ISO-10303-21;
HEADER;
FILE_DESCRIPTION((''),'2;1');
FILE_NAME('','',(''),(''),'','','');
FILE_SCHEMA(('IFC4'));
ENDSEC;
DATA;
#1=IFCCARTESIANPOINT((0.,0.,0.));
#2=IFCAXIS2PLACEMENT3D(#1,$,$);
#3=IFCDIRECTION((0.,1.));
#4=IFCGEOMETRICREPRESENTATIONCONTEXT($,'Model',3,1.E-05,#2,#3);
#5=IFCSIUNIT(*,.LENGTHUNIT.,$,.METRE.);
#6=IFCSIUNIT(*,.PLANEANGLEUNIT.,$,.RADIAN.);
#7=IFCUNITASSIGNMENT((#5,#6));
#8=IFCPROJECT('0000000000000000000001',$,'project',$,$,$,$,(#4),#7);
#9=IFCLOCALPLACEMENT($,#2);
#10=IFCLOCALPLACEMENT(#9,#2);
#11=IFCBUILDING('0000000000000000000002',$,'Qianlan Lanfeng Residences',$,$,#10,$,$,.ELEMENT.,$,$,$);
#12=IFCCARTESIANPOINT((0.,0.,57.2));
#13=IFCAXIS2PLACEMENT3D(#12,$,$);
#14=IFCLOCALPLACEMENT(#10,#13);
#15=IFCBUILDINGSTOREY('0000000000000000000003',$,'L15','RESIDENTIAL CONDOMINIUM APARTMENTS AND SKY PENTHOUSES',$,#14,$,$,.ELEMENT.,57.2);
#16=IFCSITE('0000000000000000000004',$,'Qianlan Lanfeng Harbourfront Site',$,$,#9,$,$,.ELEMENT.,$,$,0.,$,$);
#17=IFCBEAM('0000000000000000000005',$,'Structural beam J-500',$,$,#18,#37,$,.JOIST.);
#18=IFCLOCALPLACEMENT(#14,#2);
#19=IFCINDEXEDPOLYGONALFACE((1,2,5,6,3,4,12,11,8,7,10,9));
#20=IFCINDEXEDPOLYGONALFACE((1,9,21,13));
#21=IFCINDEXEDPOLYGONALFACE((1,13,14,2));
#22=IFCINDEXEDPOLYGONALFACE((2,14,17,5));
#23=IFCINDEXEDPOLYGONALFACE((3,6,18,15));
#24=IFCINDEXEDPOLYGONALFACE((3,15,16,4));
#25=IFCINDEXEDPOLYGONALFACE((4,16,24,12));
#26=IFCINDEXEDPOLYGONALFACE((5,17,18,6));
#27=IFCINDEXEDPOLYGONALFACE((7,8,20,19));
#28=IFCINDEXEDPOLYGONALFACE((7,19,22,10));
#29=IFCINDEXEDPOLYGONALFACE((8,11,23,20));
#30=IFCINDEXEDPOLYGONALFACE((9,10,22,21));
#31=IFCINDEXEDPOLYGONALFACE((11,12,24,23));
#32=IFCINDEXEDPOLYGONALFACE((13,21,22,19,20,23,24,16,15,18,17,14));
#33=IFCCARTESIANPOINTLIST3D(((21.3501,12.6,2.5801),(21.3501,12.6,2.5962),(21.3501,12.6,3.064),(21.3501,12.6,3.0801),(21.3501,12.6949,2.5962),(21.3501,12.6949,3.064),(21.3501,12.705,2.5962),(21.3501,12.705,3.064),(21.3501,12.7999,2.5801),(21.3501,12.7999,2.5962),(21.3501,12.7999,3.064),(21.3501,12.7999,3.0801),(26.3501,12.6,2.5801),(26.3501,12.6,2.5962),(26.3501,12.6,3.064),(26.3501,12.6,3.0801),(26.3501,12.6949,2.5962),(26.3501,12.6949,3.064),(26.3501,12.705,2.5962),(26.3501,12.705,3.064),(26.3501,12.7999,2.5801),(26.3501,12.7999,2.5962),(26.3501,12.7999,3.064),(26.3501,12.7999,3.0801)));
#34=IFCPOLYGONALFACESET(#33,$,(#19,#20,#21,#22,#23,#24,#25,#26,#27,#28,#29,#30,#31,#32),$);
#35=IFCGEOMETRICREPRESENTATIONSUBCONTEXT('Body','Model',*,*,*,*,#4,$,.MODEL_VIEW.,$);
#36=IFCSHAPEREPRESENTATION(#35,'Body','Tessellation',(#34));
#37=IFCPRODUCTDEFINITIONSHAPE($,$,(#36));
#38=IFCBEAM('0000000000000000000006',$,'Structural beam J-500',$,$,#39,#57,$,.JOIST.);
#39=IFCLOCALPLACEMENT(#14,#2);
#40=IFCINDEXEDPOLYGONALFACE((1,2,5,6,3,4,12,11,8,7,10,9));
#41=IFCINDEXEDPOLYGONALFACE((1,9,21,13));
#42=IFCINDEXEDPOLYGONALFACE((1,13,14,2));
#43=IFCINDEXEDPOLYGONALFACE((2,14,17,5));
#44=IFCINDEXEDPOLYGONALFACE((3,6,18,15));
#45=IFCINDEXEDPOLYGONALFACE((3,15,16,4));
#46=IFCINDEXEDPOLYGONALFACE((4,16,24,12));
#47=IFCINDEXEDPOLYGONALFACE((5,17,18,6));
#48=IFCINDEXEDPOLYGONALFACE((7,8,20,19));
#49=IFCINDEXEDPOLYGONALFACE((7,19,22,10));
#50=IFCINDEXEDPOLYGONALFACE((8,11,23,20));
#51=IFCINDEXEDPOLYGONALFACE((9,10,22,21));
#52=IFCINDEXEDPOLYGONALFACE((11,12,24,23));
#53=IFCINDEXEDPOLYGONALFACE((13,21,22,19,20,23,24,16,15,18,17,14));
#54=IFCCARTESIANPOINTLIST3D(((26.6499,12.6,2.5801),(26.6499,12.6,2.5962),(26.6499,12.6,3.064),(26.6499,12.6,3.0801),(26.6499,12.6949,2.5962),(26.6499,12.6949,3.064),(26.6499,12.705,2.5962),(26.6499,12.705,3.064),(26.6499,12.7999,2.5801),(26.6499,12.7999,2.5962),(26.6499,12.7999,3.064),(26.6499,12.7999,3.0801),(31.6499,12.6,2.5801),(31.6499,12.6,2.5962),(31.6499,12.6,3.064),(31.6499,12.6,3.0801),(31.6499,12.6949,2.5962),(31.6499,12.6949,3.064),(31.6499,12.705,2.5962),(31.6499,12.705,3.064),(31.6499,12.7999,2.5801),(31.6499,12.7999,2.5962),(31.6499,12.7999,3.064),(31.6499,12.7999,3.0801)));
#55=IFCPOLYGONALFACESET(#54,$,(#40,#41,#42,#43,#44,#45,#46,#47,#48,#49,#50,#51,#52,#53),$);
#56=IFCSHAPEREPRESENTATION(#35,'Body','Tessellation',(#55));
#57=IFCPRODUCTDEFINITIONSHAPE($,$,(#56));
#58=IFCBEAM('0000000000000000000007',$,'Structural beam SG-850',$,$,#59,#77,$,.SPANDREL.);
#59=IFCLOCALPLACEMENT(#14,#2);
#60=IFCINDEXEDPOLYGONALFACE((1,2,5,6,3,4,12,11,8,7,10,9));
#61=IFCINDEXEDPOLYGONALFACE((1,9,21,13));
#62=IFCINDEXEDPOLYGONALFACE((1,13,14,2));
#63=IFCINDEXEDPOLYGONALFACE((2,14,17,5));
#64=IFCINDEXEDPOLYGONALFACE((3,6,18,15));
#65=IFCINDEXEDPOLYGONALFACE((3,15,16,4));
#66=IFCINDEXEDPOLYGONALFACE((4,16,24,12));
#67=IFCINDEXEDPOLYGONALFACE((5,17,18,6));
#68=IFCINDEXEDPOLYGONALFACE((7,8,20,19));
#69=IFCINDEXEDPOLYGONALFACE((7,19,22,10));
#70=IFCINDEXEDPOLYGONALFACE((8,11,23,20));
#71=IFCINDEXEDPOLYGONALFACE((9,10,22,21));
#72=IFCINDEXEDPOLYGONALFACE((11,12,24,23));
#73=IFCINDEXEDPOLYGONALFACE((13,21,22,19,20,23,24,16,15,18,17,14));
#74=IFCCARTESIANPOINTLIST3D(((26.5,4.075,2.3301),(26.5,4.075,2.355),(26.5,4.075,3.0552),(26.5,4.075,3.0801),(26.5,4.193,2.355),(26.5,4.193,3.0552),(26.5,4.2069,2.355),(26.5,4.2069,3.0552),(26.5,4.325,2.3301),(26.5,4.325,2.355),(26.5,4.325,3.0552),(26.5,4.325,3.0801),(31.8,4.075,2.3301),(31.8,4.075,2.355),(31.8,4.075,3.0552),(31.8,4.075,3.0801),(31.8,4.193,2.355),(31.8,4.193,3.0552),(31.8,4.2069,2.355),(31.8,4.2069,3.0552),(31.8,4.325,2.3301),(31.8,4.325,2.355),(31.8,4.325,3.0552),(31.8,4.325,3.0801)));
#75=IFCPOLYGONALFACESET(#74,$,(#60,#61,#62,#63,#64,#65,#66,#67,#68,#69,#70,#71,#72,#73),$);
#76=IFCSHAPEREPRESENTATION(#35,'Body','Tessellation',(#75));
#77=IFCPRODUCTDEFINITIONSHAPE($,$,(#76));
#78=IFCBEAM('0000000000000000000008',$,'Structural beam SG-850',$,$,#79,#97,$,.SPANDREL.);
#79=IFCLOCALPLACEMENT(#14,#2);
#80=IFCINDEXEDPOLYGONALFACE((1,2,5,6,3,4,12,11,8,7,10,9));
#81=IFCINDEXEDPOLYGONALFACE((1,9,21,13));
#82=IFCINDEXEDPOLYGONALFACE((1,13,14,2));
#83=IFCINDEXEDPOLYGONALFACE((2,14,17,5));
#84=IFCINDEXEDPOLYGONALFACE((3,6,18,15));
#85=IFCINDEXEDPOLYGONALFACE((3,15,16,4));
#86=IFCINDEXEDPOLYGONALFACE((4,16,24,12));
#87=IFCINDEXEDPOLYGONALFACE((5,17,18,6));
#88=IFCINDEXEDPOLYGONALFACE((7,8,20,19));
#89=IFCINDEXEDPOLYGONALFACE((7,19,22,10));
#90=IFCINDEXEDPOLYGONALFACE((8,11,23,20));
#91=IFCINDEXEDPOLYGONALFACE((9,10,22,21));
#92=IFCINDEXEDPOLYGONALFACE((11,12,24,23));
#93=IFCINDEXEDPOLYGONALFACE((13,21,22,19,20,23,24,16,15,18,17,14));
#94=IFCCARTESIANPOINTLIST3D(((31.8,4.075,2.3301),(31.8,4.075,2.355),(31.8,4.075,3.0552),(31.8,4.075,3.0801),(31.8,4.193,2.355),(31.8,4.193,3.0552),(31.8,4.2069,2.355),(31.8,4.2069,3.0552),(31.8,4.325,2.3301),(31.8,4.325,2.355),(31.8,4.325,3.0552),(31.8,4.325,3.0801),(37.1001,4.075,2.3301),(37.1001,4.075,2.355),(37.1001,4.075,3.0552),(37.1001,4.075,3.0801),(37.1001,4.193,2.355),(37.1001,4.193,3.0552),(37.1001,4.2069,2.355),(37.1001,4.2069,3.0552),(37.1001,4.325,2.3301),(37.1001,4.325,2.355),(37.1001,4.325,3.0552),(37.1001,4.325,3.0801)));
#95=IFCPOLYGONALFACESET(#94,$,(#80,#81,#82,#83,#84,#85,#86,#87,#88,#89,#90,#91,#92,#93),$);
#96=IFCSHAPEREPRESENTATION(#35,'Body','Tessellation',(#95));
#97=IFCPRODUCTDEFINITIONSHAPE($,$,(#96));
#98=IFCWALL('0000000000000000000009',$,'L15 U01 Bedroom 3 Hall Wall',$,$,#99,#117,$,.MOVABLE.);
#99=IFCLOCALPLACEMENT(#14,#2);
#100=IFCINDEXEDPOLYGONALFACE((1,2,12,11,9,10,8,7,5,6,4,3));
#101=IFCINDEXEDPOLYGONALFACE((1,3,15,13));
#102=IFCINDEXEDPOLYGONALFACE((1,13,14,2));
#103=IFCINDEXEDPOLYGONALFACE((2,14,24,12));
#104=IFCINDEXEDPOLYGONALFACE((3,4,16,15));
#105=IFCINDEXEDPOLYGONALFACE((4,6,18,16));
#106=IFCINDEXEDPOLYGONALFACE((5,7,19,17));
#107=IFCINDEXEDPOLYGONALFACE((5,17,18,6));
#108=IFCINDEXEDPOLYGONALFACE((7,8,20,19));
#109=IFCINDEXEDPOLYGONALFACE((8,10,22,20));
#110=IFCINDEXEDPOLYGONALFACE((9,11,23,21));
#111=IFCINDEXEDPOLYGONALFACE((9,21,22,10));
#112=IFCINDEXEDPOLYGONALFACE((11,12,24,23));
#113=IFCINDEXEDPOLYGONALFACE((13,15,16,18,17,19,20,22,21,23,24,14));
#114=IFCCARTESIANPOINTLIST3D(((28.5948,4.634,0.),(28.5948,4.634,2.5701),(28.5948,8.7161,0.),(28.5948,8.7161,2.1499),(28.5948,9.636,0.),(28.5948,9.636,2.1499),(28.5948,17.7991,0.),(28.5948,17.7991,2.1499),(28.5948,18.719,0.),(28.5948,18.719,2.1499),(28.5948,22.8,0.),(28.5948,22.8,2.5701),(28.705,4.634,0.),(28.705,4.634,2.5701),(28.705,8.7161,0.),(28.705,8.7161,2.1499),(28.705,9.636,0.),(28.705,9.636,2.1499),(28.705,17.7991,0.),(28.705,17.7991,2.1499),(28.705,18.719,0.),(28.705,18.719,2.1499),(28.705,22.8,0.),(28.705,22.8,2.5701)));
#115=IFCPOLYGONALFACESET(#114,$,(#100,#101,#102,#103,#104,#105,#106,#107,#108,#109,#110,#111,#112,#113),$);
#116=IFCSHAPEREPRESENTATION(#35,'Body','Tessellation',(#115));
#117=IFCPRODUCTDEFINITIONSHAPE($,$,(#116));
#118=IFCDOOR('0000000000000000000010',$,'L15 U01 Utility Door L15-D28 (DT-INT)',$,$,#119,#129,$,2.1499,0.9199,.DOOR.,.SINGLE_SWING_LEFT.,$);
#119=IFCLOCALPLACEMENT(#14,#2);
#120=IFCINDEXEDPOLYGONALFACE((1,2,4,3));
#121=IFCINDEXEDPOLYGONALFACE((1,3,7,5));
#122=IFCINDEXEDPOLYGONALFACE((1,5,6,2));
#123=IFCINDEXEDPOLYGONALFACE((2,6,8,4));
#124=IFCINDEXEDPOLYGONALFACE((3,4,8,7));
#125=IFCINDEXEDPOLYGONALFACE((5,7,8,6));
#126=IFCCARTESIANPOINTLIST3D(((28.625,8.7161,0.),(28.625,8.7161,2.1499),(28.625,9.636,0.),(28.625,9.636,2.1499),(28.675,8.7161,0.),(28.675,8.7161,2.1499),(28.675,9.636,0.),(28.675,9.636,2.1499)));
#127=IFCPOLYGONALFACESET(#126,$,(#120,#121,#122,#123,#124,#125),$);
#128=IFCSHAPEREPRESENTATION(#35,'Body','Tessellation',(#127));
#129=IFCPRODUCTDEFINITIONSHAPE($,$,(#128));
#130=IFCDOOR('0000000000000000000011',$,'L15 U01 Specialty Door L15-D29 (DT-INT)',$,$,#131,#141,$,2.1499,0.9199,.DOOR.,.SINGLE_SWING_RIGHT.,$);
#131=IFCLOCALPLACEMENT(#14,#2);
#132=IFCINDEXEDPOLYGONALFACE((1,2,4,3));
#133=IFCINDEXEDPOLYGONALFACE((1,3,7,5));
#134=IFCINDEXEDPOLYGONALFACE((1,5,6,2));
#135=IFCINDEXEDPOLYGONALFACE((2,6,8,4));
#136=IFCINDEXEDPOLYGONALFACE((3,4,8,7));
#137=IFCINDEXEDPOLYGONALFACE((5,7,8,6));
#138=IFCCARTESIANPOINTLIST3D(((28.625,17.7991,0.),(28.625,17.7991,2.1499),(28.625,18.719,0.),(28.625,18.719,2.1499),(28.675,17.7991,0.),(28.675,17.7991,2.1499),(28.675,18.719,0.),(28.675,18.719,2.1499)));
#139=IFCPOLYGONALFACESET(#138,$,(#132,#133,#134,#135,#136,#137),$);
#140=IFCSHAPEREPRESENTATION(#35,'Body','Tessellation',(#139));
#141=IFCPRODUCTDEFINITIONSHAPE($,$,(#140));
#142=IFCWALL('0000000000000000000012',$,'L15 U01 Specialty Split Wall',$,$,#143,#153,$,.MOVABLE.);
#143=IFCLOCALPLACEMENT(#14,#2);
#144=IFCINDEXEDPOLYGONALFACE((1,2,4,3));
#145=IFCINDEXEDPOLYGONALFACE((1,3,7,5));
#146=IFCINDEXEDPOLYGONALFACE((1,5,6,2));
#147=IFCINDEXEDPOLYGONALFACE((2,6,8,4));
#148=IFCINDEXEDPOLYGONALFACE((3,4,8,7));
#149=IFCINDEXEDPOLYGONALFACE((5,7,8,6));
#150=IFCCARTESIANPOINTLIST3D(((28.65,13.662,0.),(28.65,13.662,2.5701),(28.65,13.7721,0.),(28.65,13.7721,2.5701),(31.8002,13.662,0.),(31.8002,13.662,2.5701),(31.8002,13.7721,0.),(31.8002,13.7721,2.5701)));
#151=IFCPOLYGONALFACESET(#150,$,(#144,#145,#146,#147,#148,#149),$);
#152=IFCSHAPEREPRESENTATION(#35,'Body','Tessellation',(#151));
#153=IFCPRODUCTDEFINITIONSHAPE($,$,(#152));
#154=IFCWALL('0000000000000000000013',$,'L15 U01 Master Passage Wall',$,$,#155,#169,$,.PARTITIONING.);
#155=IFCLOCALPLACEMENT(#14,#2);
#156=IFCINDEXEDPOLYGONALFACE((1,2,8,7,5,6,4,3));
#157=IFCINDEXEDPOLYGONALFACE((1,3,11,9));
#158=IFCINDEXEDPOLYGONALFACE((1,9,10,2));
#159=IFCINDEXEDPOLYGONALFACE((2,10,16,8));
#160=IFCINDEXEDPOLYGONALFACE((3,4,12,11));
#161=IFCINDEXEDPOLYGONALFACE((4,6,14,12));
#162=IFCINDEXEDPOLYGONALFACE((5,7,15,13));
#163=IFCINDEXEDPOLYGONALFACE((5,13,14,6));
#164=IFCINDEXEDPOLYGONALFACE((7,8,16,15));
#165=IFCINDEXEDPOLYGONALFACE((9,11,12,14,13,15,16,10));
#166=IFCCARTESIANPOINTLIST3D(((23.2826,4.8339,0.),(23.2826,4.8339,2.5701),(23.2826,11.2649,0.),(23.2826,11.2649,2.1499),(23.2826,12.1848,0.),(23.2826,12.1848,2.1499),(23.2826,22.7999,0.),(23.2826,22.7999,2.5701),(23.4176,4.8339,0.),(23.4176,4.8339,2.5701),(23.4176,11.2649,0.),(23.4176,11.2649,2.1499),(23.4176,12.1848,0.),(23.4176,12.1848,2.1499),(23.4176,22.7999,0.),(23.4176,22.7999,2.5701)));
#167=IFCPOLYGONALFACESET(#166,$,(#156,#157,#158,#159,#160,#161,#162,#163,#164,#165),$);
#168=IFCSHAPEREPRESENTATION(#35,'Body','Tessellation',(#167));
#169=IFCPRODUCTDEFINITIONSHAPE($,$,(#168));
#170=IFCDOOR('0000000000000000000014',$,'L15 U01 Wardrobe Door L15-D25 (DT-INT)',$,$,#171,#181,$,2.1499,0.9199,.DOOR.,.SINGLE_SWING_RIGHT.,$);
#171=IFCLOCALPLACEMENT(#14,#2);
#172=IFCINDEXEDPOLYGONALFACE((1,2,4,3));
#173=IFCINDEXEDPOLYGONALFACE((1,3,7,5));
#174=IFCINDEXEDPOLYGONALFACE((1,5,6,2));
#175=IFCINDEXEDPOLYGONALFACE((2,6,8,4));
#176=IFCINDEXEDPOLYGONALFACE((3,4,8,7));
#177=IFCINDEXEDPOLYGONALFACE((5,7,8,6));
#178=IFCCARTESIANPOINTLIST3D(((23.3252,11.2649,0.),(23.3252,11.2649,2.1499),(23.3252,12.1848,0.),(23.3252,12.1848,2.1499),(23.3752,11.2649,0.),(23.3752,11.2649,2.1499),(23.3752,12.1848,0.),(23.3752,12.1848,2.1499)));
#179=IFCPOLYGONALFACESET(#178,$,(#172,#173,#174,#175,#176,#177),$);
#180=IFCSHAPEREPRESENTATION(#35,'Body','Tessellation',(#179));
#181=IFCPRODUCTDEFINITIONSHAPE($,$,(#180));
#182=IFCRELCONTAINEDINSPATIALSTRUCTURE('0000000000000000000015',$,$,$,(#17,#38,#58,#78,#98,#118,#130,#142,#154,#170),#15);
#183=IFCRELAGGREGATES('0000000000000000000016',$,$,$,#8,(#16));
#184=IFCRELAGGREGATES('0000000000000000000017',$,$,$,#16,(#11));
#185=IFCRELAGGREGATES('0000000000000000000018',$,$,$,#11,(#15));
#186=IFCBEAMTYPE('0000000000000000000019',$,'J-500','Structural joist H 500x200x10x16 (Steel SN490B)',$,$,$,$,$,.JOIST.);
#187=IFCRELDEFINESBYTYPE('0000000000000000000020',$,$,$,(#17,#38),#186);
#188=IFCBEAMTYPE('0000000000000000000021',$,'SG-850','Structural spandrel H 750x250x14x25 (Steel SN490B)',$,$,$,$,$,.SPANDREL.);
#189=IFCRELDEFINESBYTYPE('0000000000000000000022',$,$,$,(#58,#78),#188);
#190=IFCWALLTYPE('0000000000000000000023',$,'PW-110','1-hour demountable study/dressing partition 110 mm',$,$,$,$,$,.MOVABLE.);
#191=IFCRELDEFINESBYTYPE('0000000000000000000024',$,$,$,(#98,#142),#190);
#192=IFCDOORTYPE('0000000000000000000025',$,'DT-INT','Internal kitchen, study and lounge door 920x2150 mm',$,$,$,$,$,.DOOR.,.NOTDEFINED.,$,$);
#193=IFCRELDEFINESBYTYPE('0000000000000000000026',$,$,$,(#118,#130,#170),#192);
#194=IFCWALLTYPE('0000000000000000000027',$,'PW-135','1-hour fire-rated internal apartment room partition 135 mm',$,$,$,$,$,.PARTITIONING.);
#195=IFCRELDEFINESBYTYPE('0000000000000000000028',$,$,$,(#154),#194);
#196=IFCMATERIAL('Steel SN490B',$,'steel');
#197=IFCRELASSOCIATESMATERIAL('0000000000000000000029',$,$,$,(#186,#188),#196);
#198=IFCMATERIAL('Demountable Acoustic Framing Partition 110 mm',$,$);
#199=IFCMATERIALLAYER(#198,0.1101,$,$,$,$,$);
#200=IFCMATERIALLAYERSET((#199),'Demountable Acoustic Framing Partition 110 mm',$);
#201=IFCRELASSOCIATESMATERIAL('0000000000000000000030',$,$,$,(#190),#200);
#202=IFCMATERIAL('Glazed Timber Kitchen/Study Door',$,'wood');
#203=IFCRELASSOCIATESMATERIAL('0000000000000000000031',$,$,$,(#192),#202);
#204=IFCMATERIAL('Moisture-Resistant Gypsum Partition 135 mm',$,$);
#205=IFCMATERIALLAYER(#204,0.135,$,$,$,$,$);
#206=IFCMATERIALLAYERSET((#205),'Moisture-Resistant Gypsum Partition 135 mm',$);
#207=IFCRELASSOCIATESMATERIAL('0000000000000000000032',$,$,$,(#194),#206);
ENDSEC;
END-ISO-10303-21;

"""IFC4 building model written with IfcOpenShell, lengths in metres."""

from ifc_helpers import new_model, si_unit, direction, frame, frame_2d, origin, origin_2d, place, context, subcontext, project, spatial, rectangle, i_section, extrude, material, layer, layer_set, material_profile, profile_set, type_object, element, fill, save


model = new_model("IFC4")

# Units and contexts
model_context = context("Model", 3, precision=1e-05, world=origin(), true_north=direction((0.0, 1.0)))
body_context = subcontext(model_context, "Body", "Model", "MODEL_VIEW")
ifc_project = project(units=[si_unit("LENGTHUNIT", "METRE"), si_unit("PLANEANGLEUNIT", "RADIAN")], contexts=[model_context])

# Site, building, storey
site_placement = place(None, origin())
site = spatial("IfcSite", under=ifc_project, at=site_placement, Name="Qianlan Lanfeng Harbourfront Site", CompositionType="ELEMENT", RefElevation=0.0)
building_placement = place(site_placement, origin())
building = spatial("IfcBuilding", under=site, at=building_placement, Name="Qianlan Lanfeng Residences", CompositionType="ELEMENT")
storey_placement = place(building_placement, frame((0.0, 0.0, 57.2)))
storey = spatial("IfcBuildingStorey", under=building, at=storey_placement, Name="L15", Description="RESIDENTIAL CONDOMINIUM APARTMENTS AND SKY PENTHOUSES", CompositionType="ELEMENT", Elevation=57.2)

# Shared definitions
ifc_material_1 = material(Name="Steel SN490B", Category="steel")

# Beams
ifc_material_profile_1 = material_profile(ifc_material_1, i_section(OverallWidth=0.2, OverallDepth=0.5, WebThickness=0.01, FlangeThickness=0.0161, at=origin_2d()), Name="H 500x200x10x16")
ifc_profile_set_1 = profile_set([ifc_material_profile_1], Name="Steel SN490B")
beam_type_1 = type_object("IfcBeamType", Name="J-500", Description="Structural joist H 500x200x10x16 (Steel SN490B)", PredefinedType="JOIST", material=ifc_profile_set_1)
for number, where, z_axis, x_axis, name in (
    (1, (21.3501, 12.7, 2.8301), (1.0, 0.0, 0.0), (0.0, 1.0, 0.0), "Structural beam J-500"),
    (2, (26.6499, 12.7, 2.8301), (1.0, 0.0, 0.0), (0.0, 1.0, 0.0), "Structural beam J-500"),
):
    element("IfcBeam", number, at=place(storey_placement, frame(where, z_axis=z_axis, x_axis=x_axis)), inside=storey, type_object=beam_type_1, Name=name, PredefinedType="JOIST", context=body_context, shape_type="SweptSolid", body=[
        extrude(i_section(OverallWidth=0.2, OverallDepth=0.5, WebThickness=0.01, FlangeThickness=0.0161, at=origin_2d()), origin(), (0.0, 0.0, 1.0), 5.0),
    ])
ifc_material_profile_2 = material_profile(ifc_material_1, i_section(OverallWidth=0.25, OverallDepth=0.75, WebThickness=0.0139, FlangeThickness=0.0249, at=origin_2d()), Name="H 750x250x14x25")
ifc_profile_set_2 = profile_set([ifc_material_profile_2], Name="Steel SN490B")
beam_type_2 = type_object("IfcBeamType", Name="SG-850", Description="Structural spandrel H 750x250x14x25 (Steel SN490B)", PredefinedType="SPANDREL", material=ifc_profile_set_2)
for number, where, z_axis, x_axis, name in (
    (3, (26.5, 4.2, 2.7051), (1.0, 0.0, 0.0), (0.0, 1.0, 0.0), "Structural beam SG-850"),
    (4, (31.8, 4.2, 2.7051), (1.0, 0.0, 0.0), (0.0, 1.0, 0.0), "Structural beam SG-850"),
):
    element("IfcBeam", number, at=place(storey_placement, frame(where, z_axis=z_axis, x_axis=x_axis)), inside=storey, type_object=beam_type_2, Name=name, PredefinedType="SPANDREL", context=body_context, shape_type="SweptSolid", body=[
        extrude(i_section(OverallWidth=0.25, OverallDepth=0.75, WebThickness=0.0139, FlangeThickness=0.0249, at=origin_2d()), origin(), (0.0, 0.0, 1.0), 5.3),
    ])

# Wall, openings, doors
ifc_material_2 = material(Name="Demountable Acoustic Framing Partition 110 mm")
ifc_layer_1 = layer(ifc_material_2, 0.1101)
ifc_layer_set_1 = layer_set([ifc_layer_1], Name="Demountable Acoustic Framing Partition 110 mm")
wall_type_1 = type_object("IfcWallType", Name="PW-110", Description="1-hour demountable study/dressing partition 110 mm", PredefinedType="MOVABLE", material=ifc_layer_set_1)
wall_1_placement = place(storey_placement, frame((28.6499, 4.634, 0.0), z_axis=(0.0, 0.0, 1.0), x_axis=(0.0, 1.0, 0.0)))
wall_1 = element("IfcWall", 5, at=wall_1_placement, inside=storey, type_object=wall_type_1, Name="L15 U01 Bedroom 3 Hall Wall", PredefinedType="MOVABLE", context=body_context, shape_type="SweptSolid", body=[
    extrude(rectangle(XDim=18.166, YDim=0.1101, at=frame_2d((9.083, 0.0))), origin(), (0.0, 0.0, 1.0), 2.5701),
])
opening_1_placement = place(wall_1_placement, frame((4.082, 0.0, 0.0)))
opening_1 = element("IfcOpeningElement", 6, at=opening_1_placement, cuts=wall_1, PredefinedType="OPENING", context=body_context, shape_type="SweptSolid", body=[
    extrude(rectangle(XDim=0.9199, YDim=2.1499, at=frame_2d((0.46, 1.075))), frame((0.0, 0.0649, 0.0), z_axis=(0.0, -1.0, 0.0), x_axis=(1.0, 0.0, 0.0)), (0.0, 0.0, 1.0), 0.1301),
])
opening_2_placement = place(wall_1_placement, frame((13.165, 0.0, 0.0)))
opening_2 = element("IfcOpeningElement", 7, at=opening_2_placement, cuts=wall_1, PredefinedType="OPENING", context=body_context, shape_type="SweptSolid", body=[
    extrude(rectangle(XDim=0.9199, YDim=2.1499, at=frame_2d((0.46, 1.075))), frame((0.0, 0.0649, 0.0), z_axis=(0.0, -1.0, 0.0), x_axis=(1.0, 0.0, 0.0)), (0.0, 0.0, 1.0), 0.1301),
])
ifc_material_3 = material(Name="Glazed Timber Kitchen/Study Door", Category="wood")
door_type_1 = type_object("IfcDoorType", Name="DT-INT", Description="Internal kitchen, study and lounge door 920x2150 mm", OperationType="NOTDEFINED", PredefinedType="DOOR", material=ifc_material_3)
door_1_placement = place(opening_1_placement, origin())
door_1 = element("IfcDoor", 8, at=door_1_placement, inside=storey, type_object=door_type_1, Name="L15 U01 Utility Door L15-D28 (DT-INT)", OperationType="SINGLE_SWING_LEFT", OverallHeight=2.1499, OverallWidth=0.9199, PredefinedType="DOOR", context=body_context, shape_type="SweptSolid", body=[
    extrude(rectangle(XDim=0.9199, YDim=2.1499, at=frame_2d((0.46, 1.075))), frame((0.0, 0.0249, 0.0), z_axis=(0.0, -1.0, 0.0), x_axis=(1.0, 0.0, 0.0)), (0.0, 0.0, 1.0), 0.05),
])
fill(opening_1, door_1)
door_2_placement = place(opening_2_placement, origin())
door_2 = element("IfcDoor", 9, at=door_2_placement, inside=storey, type_object=door_type_1, Name="L15 U01 Specialty Door L15-D29 (DT-INT)", OperationType="SINGLE_SWING_RIGHT", OverallHeight=2.1499, OverallWidth=0.9199, PredefinedType="DOOR", context=body_context, shape_type="SweptSolid", body=[
    extrude(rectangle(XDim=0.9199, YDim=2.1499, at=frame_2d((0.46, 1.075))), frame((0.0, 0.0249, 0.0), z_axis=(0.0, -1.0, 0.0), x_axis=(1.0, 0.0, 0.0)), (0.0, 0.0, 1.0), 0.05),
])
fill(opening_2, door_2)

# Wall
wall_2_placement = place(storey_placement, frame((28.6499, 13.717, 0.0), z_axis=(0.0, 0.0, 1.0), x_axis=(1.0, 0.0, 0.0)))
element("IfcWall", 10, at=wall_2_placement, inside=storey, type_object=wall_type_1, Name="L15 U01 Specialty Split Wall", PredefinedType="MOVABLE", context=body_context, shape_type="SweptSolid", body=[
    extrude(rectangle(XDim=3.1501, YDim=0.1101, at=frame_2d((1.5752, 0.0))), origin(), (0.0, 0.0, 1.0), 2.5701),
])

# Shared definitions
ifc_material_4 = material(Name="Moisture-Resistant Gypsum Partition 135 mm")
ifc_layer_2 = layer(ifc_material_4, 0.135)
ifc_layer_set_2 = layer_set([ifc_layer_2], Name="Moisture-Resistant Gypsum Partition 135 mm")
wall_type_2 = type_object("IfcWallType", Name="PW-135", Description="1-hour fire-rated internal apartment room partition 135 mm", PredefinedType="PARTITIONING", material=ifc_layer_set_2)

# Wall, opening, door
wall_3_placement = place(storey_placement, frame((23.3501, 4.834, 0.0), z_axis=(0.0, 0.0, 1.0), x_axis=(0.0, 1.0, 0.0)))
wall_3 = element("IfcWall", 11, at=wall_3_placement, inside=storey, type_object=wall_type_2, Name="L15 U01 Master Passage Wall", PredefinedType="PARTITIONING", context=body_context, shape_type="SweptSolid", body=[
    extrude(rectangle(XDim=17.9661, YDim=0.135, at=frame_2d((8.9829, 0.0))), origin(), (0.0, 0.0, 1.0), 2.5701),
])
opening_3_placement = place(wall_3_placement, frame((6.4309, 0.0, 0.0)))
opening_3 = element("IfcOpeningElement", 12, at=opening_3_placement, cuts=wall_3, PredefinedType="OPENING", context=body_context, shape_type="SweptSolid", body=[
    extrude(rectangle(XDim=0.9199, YDim=2.1499, at=frame_2d((0.46, 1.075))), frame((0.0, 0.0776, 0.0), z_axis=(0.0, -1.0, 0.0), x_axis=(1.0, 0.0, 0.0)), (0.0, 0.0, 1.0), 0.155),
])
door_3_placement = place(opening_3_placement, origin())
door_3 = element("IfcDoor", 13, at=door_3_placement, inside=storey, type_object=door_type_1, Name="L15 U01 Wardrobe Door L15-D25 (DT-INT)", OperationType="SINGLE_SWING_RIGHT", OverallHeight=2.1499, OverallWidth=0.9199, PredefinedType="DOOR", context=body_context, shape_type="SweptSolid", body=[
    extrude(rectangle(XDim=0.9199, YDim=2.1499, at=frame_2d((0.46, 1.075))), frame((0.0, 0.0249, 0.0), z_axis=(0.0, -1.0, 0.0), x_axis=(1.0, 0.0, 0.0)), (0.0, 0.0, 1.0), 0.05),
])
fill(opening_3, door_3)

save(model, "model.ifc")
